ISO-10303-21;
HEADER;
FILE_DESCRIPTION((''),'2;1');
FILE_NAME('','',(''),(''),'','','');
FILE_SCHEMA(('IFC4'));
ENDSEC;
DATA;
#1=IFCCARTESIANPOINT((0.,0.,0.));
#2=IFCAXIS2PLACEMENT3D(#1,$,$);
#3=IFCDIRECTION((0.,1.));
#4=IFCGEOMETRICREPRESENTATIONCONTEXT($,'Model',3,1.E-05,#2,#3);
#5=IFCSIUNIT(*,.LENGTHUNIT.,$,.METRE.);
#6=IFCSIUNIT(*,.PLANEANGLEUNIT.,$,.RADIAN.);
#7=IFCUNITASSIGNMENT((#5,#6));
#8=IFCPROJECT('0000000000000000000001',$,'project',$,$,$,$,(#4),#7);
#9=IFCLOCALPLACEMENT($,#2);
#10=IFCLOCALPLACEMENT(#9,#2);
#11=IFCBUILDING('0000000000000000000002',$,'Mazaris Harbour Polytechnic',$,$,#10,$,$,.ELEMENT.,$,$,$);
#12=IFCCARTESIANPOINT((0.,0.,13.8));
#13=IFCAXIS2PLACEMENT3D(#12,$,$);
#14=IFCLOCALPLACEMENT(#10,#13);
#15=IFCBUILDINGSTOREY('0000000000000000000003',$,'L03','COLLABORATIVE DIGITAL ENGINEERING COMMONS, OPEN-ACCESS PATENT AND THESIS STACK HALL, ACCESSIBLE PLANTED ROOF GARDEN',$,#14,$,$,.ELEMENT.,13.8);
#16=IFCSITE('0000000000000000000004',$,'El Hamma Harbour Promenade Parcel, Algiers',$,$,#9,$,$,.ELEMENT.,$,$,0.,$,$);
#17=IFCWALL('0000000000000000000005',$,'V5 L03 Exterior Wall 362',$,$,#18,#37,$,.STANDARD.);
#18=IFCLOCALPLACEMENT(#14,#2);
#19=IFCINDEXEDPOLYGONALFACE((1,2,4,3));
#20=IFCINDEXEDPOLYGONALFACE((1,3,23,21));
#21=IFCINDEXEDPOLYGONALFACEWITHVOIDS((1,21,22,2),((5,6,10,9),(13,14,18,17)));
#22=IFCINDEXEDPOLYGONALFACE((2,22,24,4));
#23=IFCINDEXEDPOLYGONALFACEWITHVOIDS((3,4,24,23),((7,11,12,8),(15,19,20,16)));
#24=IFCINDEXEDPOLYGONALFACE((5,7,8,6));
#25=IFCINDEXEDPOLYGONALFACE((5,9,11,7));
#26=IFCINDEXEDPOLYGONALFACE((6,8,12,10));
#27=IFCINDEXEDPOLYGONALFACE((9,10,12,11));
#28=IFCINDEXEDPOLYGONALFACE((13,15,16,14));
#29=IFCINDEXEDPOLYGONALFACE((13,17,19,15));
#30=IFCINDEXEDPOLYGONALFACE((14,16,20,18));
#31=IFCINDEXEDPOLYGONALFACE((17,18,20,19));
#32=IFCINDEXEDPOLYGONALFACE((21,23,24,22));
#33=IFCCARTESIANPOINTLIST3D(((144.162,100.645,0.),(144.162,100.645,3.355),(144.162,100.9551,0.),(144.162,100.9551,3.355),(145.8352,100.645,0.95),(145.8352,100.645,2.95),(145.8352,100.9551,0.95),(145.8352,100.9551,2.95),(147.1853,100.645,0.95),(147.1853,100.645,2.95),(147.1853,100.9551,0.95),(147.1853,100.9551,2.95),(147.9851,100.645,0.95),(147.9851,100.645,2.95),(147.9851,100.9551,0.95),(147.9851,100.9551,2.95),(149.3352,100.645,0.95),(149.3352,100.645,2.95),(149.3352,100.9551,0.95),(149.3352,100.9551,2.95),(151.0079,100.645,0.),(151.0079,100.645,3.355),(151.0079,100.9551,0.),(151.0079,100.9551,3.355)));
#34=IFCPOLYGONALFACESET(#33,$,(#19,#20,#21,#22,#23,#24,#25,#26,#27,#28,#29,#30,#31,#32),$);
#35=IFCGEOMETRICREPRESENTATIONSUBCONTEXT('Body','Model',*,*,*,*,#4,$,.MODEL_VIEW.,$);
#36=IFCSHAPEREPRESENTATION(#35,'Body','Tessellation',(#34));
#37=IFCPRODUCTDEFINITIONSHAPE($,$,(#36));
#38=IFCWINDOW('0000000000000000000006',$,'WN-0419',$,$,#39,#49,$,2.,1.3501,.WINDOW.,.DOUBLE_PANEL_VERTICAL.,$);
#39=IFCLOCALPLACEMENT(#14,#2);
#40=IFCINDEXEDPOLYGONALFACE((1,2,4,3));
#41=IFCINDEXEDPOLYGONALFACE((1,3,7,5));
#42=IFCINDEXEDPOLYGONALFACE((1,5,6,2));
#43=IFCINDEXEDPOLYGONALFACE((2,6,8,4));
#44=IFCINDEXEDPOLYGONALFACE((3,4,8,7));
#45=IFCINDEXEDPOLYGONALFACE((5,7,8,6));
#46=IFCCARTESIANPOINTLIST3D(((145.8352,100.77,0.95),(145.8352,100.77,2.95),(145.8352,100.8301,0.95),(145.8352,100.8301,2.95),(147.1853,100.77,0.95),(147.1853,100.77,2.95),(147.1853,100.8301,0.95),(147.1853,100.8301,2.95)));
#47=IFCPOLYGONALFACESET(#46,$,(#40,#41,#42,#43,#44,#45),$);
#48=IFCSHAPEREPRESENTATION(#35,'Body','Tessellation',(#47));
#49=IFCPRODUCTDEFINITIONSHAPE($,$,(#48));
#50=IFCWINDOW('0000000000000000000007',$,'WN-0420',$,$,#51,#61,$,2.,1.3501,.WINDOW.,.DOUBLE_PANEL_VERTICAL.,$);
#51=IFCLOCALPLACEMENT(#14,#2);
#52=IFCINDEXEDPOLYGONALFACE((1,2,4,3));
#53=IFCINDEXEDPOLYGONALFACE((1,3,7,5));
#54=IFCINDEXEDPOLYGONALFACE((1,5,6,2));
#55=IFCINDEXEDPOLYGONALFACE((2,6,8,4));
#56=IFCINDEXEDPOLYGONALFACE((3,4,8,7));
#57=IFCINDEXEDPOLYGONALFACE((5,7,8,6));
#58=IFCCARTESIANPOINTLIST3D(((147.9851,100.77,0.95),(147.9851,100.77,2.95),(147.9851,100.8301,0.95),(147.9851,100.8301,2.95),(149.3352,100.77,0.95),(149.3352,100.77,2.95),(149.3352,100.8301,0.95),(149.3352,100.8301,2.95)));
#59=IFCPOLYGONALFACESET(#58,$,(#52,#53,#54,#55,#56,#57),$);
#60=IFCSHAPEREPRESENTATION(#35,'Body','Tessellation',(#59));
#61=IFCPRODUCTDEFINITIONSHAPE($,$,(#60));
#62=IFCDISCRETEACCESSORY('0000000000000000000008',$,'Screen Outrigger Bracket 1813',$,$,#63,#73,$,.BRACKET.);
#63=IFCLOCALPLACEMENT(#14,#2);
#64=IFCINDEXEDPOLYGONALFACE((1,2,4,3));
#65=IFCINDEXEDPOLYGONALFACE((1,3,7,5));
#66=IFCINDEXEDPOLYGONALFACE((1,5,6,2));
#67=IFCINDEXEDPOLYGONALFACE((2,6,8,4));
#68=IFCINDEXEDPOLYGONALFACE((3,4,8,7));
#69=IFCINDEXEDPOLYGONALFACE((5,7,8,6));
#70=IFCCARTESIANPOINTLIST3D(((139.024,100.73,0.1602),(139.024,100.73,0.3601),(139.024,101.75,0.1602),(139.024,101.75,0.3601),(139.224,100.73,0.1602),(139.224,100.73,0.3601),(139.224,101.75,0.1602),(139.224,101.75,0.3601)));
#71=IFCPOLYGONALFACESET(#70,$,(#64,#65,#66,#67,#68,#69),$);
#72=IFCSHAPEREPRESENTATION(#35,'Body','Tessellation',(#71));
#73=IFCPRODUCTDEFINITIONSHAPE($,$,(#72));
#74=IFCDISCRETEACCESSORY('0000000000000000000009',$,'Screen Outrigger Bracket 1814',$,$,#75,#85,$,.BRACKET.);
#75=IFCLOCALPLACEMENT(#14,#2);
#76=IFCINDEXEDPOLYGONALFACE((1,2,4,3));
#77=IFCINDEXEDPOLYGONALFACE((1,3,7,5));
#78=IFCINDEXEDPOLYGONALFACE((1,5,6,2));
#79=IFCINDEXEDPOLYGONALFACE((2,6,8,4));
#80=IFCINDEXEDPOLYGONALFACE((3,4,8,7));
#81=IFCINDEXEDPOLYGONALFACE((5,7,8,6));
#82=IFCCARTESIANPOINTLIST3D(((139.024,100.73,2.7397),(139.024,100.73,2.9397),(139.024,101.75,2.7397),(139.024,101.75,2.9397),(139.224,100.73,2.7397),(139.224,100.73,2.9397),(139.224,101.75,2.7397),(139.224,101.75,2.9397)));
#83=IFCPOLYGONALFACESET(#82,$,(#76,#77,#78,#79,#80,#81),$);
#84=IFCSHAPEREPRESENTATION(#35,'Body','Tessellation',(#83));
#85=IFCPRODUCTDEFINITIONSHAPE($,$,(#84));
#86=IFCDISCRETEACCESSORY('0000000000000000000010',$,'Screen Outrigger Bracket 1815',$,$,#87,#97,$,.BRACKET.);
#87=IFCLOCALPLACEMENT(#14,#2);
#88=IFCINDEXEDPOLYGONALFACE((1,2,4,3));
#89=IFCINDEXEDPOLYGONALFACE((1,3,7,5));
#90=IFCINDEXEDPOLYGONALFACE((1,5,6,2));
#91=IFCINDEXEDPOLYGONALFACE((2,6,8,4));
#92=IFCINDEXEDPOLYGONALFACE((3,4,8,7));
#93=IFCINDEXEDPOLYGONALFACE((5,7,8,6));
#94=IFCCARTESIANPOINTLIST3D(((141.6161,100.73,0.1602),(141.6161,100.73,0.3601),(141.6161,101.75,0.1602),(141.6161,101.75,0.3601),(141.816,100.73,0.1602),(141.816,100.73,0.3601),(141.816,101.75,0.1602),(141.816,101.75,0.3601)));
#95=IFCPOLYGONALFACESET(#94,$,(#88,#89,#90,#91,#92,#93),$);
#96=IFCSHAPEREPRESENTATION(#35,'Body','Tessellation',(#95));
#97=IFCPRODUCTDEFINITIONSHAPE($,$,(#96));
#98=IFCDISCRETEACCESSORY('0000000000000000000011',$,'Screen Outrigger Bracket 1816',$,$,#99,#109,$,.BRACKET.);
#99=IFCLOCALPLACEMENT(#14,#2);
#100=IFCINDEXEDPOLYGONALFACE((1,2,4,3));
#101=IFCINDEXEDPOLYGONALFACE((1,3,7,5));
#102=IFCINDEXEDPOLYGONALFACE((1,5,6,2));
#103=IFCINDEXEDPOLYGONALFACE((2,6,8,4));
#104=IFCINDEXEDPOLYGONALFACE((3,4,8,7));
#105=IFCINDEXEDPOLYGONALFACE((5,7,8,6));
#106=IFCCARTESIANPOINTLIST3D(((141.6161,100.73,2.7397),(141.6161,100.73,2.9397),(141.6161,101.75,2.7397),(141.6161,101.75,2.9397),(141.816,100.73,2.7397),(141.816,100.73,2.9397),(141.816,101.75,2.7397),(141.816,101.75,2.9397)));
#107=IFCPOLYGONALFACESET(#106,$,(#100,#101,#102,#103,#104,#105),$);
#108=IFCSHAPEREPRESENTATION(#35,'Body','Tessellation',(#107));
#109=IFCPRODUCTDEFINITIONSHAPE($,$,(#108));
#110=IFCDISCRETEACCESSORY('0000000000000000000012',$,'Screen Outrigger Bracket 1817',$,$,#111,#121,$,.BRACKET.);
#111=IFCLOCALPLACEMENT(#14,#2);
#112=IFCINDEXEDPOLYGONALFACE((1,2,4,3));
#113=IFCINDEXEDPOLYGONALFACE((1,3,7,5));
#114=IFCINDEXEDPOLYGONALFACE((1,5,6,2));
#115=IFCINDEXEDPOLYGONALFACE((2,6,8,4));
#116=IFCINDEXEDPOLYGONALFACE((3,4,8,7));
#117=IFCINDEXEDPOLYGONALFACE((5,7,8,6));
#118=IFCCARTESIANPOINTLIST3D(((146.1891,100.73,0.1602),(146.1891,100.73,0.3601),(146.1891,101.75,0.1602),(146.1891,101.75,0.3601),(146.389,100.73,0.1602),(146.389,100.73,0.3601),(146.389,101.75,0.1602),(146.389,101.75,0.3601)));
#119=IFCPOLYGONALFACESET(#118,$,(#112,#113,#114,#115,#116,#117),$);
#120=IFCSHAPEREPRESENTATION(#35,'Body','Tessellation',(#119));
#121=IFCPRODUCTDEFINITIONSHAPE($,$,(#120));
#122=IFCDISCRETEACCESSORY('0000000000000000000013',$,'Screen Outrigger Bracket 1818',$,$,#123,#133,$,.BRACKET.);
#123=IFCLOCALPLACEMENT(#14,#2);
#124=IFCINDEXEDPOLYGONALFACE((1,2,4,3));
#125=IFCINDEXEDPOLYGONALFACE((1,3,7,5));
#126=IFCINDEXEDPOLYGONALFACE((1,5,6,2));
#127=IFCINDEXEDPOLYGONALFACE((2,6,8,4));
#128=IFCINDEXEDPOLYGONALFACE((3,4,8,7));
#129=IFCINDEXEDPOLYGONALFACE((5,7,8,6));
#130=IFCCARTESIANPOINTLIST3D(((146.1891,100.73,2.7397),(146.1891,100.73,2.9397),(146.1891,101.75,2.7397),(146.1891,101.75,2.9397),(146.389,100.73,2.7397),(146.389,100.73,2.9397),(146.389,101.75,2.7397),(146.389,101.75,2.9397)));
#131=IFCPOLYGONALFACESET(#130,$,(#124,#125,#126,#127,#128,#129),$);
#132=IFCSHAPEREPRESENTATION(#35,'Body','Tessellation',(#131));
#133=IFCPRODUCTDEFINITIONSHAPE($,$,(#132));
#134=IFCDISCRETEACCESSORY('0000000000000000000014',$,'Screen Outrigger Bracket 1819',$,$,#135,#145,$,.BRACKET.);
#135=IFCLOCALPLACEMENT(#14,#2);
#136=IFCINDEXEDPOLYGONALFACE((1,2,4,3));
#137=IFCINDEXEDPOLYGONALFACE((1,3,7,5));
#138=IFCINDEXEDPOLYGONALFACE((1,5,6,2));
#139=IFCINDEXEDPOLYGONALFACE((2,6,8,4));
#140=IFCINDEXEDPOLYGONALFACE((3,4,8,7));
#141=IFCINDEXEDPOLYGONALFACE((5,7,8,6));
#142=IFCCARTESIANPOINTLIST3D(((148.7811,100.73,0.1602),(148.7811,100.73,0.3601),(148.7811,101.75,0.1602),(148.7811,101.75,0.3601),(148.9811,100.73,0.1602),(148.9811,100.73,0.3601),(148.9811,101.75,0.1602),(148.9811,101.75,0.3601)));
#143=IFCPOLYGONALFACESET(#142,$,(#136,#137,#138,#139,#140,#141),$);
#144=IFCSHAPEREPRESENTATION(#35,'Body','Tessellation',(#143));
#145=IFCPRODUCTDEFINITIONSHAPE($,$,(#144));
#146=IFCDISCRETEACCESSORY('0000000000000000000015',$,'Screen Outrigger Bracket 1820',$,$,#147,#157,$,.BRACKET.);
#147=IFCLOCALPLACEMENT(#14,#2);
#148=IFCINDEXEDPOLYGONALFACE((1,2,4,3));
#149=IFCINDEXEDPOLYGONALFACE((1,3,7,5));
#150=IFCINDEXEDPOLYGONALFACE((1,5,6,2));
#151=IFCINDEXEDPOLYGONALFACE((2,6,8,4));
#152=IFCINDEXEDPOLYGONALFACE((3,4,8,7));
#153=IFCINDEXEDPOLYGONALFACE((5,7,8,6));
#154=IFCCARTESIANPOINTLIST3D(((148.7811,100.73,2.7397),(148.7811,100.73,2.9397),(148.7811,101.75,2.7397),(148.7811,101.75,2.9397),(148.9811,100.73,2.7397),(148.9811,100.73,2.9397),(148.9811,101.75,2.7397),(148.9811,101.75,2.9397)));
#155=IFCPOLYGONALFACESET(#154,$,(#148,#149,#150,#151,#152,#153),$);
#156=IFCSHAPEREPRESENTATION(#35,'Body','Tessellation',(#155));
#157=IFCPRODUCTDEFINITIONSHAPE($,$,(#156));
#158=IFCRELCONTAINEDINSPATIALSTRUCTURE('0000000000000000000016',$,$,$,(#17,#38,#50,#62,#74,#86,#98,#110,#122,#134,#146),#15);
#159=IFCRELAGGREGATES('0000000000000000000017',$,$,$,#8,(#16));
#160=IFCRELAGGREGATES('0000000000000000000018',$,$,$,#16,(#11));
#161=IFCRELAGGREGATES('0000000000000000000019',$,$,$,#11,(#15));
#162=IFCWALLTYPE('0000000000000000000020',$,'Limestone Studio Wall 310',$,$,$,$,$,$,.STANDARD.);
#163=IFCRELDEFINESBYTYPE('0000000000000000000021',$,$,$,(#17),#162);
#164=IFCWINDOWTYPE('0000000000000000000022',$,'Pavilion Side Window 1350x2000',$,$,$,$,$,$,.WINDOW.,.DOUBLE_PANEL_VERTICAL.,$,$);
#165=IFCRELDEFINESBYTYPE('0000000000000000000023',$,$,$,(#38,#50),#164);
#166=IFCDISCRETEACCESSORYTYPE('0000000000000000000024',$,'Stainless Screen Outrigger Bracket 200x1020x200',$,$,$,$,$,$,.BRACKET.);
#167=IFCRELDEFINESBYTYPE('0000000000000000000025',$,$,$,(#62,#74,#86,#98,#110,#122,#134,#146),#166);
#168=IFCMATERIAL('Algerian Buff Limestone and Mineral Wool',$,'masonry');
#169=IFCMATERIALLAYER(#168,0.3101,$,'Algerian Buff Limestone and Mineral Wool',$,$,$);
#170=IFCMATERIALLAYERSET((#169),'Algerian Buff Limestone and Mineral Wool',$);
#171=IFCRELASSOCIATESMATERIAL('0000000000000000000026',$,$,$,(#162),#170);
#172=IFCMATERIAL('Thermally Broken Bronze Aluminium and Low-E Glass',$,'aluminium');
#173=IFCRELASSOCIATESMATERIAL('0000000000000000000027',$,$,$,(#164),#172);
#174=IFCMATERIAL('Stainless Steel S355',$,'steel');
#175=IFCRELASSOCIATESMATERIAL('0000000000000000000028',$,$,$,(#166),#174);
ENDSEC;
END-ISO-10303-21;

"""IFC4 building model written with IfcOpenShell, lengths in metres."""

from ifc_helpers import new_model, si_unit, direction, frame, frame_2d, origin, origin_2d, place, context, subcontext, project, spatial, rectangle, extrude, material, layer, layer_set, type_object, element, fill, save


model = new_model("IFC4")

# Units and contexts
model_context = context("Model", 3, precision=1e-05, world=origin(), true_north=direction((0.0, 1.0)))
body_context = subcontext(model_context, "Body", "Model", "MODEL_VIEW")
ifc_project = project(units=[si_unit("LENGTHUNIT", "METRE"), si_unit("PLANEANGLEUNIT", "RADIAN")], contexts=[model_context])

# Site, building, storey
site_placement = place(None, origin())
site = spatial("IfcSite", under=ifc_project, at=site_placement, Name="El Hamma Harbour Promenade Parcel, Algiers", CompositionType="ELEMENT", RefElevation=0.0)
building_placement = place(site_placement, origin())
building = spatial("IfcBuilding", under=site, at=building_placement, Name="Mazaris Harbour Polytechnic", CompositionType="ELEMENT")
storey_placement = place(building_placement, frame((0.0, 0.0, 13.8)))
storey = spatial("IfcBuildingStorey", under=building, at=storey_placement, Name="L03", Description="COLLABORATIVE DIGITAL ENGINEERING COMMONS, OPEN-ACCESS PATENT AND THESIS STACK HALL, ACCESSIBLE PLANTED ROOF GARDEN", CompositionType="ELEMENT", Elevation=13.8)

# Wall, openings, windows
ifc_material_1 = material(Name="Algerian Buff Limestone and Mineral Wool", Category="masonry")
ifc_layer_1 = layer(ifc_material_1, 0.3101, Name="Algerian Buff Limestone and Mineral Wool")
ifc_layer_set_1 = layer_set([ifc_layer_1], Name="Algerian Buff Limestone and Mineral Wool")
wall_type = type_object("IfcWallType", Name="Limestone Studio Wall 310", PredefinedType="STANDARD", material=ifc_layer_set_1)
wall_placement = place(storey_placement, frame((144.1621, 100.8, 0.0), z_axis=(0.0, 0.0, 1.0), x_axis=(1.0, 0.0, 0.0)))
wall = element("IfcWall", 1, at=wall_placement, inside=storey, type_object=wall_type, Name="V5 L03 Exterior Wall 362", PredefinedType="STANDARD", context=body_context, shape_type="SweptSolid", body=[
    extrude(rectangle(XDim=6.8459, YDim=0.3101, at=frame_2d((3.4229, 0.0))), origin(), (0.0, 0.0, 1.0), 3.355),
])
opening_1_placement = place(wall_placement, frame((1.6731, 0.0, 0.95)))
opening_1 = element("IfcOpeningElement", 2, at=opening_1_placement, cuts=wall, PredefinedType="OPENING", context=body_context, shape_type="SweptSolid", body=[
    extrude(rectangle(XDim=1.3501, YDim=2.0, at=frame_2d((0.675, 1.0))), frame((0.0, 0.165, 0.0), z_axis=(0.0, -1.0, 0.0), x_axis=(1.0, 0.0, 0.0)), (0.0, 0.0, 1.0), 0.3301),
])
opening_2_placement = place(wall_placement, frame((3.823, 0.0, 0.95)))
opening_2 = element("IfcOpeningElement", 3, at=opening_2_placement, cuts=wall, PredefinedType="OPENING", context=body_context, shape_type="SweptSolid", body=[
    extrude(rectangle(XDim=1.3501, YDim=2.0, at=frame_2d((0.675, 1.0))), frame((0.0, 0.165, 0.0), z_axis=(0.0, -1.0, 0.0), x_axis=(1.0, 0.0, 0.0)), (0.0, 0.0, 1.0), 0.3301),
])
ifc_material_2 = material(Name="Thermally Broken Bronze Aluminium and Low-E Glass", Category="aluminium")
window_type = type_object("IfcWindowType", Name="Pavilion Side Window 1350x2000", PartitioningType="DOUBLE_PANEL_VERTICAL", PredefinedType="WINDOW", material=ifc_material_2)
window_1_placement = place(opening_1_placement, origin())
window_1 = element("IfcWindow", 4, at=window_1_placement, inside=storey, type_object=window_type, Name="WN-0419", OverallHeight=2.0, OverallWidth=1.3501, PartitioningType="DOUBLE_PANEL_VERTICAL", PredefinedType="WINDOW", context=body_context, shape_type="SweptSolid", body=[
    extrude(rectangle(XDim=1.3501, YDim=2.0, at=frame_2d((0.675, 1.0))), frame((0.0, 0.03, 0.0), z_axis=(0.0, -1.0, 0.0), x_axis=(1.0, 0.0, 0.0)), (0.0, 0.0, 1.0), 0.0601),
])
fill(opening_1, window_1)
window_2_placement = place(opening_2_placement, origin())
window_2 = element("IfcWindow", 5, at=window_2_placement, inside=storey, type_object=window_type, Name="WN-0420", OverallHeight=2.0, OverallWidth=1.3501, PartitioningType="DOUBLE_PANEL_VERTICAL", PredefinedType="WINDOW", context=body_context, shape_type="SweptSolid", body=[
    extrude(rectangle(XDim=1.3501, YDim=2.0, at=frame_2d((0.675, 1.0))), frame((0.0, 0.03, 0.0), z_axis=(0.0, -1.0, 0.0), x_axis=(1.0, 0.0, 0.0)), (0.0, 0.0, 1.0), 0.0601),
])
fill(opening_2, window_2)

# Discrete accessories
ifc_material_3 = material(Name="Stainless Steel S355", Category="steel")
discrete_accessory_type = type_object("IfcDiscreteAccessoryType", Name="Stainless Screen Outrigger Bracket 200x1020x200", PredefinedType="BRACKET", material=ifc_material_3)
for number, where, z_axis, x_axis, name in (
    (6, (139.124, 101.24, 0.1602), (0.0, 0.0, 1.0), (1.0, 0.0, 0.0), "Screen Outrigger Bracket 1813"),
    (7, (139.124, 101.24, 2.7397), (0.0, 0.0, 1.0), (1.0, 0.0, 0.0), "Screen Outrigger Bracket 1814"),
    (8, (141.7161, 101.24, 0.1602), (0.0, 0.0, 1.0), (1.0, 0.0, 0.0), "Screen Outrigger Bracket 1815"),
    (9, (141.7161, 101.24, 2.7397), (0.0, 0.0, 1.0), (1.0, 0.0, 0.0), "Screen Outrigger Bracket 1816"),
    (10, (146.2891, 101.24, 0.1602), (0.0, 0.0, 1.0), (1.0, 0.0, 0.0), "Screen Outrigger Bracket 1817"),
    (11, (146.2891, 101.24, 2.7397), (0.0, 0.0, 1.0), (1.0, 0.0, 0.0), "Screen Outrigger Bracket 1818"),
    (12, (148.8811, 101.24, 0.1602), (0.0, 0.0, 1.0), (1.0, 0.0, 0.0), "Screen Outrigger Bracket 1819"),
    (13, (148.8811, 101.24, 2.7397), (0.0, 0.0, 1.0), (1.0, 0.0, 0.0), "Screen Outrigger Bracket 1820"),
):
    element("IfcDiscreteAccessory", number, at=place(storey_placement, frame(where, z_axis=z_axis, x_axis=x_axis)), inside=storey, type_object=discrete_accessory_type, Name=name, PredefinedType="BRACKET", context=body_context, shape_type="SweptSolid", body=[
        extrude(rectangle(XDim=0.2, YDim=1.02, at=origin_2d()), origin(), (0.0, 0.0, 1.0), 0.2),
    ])

save(model, "model.ifc")
